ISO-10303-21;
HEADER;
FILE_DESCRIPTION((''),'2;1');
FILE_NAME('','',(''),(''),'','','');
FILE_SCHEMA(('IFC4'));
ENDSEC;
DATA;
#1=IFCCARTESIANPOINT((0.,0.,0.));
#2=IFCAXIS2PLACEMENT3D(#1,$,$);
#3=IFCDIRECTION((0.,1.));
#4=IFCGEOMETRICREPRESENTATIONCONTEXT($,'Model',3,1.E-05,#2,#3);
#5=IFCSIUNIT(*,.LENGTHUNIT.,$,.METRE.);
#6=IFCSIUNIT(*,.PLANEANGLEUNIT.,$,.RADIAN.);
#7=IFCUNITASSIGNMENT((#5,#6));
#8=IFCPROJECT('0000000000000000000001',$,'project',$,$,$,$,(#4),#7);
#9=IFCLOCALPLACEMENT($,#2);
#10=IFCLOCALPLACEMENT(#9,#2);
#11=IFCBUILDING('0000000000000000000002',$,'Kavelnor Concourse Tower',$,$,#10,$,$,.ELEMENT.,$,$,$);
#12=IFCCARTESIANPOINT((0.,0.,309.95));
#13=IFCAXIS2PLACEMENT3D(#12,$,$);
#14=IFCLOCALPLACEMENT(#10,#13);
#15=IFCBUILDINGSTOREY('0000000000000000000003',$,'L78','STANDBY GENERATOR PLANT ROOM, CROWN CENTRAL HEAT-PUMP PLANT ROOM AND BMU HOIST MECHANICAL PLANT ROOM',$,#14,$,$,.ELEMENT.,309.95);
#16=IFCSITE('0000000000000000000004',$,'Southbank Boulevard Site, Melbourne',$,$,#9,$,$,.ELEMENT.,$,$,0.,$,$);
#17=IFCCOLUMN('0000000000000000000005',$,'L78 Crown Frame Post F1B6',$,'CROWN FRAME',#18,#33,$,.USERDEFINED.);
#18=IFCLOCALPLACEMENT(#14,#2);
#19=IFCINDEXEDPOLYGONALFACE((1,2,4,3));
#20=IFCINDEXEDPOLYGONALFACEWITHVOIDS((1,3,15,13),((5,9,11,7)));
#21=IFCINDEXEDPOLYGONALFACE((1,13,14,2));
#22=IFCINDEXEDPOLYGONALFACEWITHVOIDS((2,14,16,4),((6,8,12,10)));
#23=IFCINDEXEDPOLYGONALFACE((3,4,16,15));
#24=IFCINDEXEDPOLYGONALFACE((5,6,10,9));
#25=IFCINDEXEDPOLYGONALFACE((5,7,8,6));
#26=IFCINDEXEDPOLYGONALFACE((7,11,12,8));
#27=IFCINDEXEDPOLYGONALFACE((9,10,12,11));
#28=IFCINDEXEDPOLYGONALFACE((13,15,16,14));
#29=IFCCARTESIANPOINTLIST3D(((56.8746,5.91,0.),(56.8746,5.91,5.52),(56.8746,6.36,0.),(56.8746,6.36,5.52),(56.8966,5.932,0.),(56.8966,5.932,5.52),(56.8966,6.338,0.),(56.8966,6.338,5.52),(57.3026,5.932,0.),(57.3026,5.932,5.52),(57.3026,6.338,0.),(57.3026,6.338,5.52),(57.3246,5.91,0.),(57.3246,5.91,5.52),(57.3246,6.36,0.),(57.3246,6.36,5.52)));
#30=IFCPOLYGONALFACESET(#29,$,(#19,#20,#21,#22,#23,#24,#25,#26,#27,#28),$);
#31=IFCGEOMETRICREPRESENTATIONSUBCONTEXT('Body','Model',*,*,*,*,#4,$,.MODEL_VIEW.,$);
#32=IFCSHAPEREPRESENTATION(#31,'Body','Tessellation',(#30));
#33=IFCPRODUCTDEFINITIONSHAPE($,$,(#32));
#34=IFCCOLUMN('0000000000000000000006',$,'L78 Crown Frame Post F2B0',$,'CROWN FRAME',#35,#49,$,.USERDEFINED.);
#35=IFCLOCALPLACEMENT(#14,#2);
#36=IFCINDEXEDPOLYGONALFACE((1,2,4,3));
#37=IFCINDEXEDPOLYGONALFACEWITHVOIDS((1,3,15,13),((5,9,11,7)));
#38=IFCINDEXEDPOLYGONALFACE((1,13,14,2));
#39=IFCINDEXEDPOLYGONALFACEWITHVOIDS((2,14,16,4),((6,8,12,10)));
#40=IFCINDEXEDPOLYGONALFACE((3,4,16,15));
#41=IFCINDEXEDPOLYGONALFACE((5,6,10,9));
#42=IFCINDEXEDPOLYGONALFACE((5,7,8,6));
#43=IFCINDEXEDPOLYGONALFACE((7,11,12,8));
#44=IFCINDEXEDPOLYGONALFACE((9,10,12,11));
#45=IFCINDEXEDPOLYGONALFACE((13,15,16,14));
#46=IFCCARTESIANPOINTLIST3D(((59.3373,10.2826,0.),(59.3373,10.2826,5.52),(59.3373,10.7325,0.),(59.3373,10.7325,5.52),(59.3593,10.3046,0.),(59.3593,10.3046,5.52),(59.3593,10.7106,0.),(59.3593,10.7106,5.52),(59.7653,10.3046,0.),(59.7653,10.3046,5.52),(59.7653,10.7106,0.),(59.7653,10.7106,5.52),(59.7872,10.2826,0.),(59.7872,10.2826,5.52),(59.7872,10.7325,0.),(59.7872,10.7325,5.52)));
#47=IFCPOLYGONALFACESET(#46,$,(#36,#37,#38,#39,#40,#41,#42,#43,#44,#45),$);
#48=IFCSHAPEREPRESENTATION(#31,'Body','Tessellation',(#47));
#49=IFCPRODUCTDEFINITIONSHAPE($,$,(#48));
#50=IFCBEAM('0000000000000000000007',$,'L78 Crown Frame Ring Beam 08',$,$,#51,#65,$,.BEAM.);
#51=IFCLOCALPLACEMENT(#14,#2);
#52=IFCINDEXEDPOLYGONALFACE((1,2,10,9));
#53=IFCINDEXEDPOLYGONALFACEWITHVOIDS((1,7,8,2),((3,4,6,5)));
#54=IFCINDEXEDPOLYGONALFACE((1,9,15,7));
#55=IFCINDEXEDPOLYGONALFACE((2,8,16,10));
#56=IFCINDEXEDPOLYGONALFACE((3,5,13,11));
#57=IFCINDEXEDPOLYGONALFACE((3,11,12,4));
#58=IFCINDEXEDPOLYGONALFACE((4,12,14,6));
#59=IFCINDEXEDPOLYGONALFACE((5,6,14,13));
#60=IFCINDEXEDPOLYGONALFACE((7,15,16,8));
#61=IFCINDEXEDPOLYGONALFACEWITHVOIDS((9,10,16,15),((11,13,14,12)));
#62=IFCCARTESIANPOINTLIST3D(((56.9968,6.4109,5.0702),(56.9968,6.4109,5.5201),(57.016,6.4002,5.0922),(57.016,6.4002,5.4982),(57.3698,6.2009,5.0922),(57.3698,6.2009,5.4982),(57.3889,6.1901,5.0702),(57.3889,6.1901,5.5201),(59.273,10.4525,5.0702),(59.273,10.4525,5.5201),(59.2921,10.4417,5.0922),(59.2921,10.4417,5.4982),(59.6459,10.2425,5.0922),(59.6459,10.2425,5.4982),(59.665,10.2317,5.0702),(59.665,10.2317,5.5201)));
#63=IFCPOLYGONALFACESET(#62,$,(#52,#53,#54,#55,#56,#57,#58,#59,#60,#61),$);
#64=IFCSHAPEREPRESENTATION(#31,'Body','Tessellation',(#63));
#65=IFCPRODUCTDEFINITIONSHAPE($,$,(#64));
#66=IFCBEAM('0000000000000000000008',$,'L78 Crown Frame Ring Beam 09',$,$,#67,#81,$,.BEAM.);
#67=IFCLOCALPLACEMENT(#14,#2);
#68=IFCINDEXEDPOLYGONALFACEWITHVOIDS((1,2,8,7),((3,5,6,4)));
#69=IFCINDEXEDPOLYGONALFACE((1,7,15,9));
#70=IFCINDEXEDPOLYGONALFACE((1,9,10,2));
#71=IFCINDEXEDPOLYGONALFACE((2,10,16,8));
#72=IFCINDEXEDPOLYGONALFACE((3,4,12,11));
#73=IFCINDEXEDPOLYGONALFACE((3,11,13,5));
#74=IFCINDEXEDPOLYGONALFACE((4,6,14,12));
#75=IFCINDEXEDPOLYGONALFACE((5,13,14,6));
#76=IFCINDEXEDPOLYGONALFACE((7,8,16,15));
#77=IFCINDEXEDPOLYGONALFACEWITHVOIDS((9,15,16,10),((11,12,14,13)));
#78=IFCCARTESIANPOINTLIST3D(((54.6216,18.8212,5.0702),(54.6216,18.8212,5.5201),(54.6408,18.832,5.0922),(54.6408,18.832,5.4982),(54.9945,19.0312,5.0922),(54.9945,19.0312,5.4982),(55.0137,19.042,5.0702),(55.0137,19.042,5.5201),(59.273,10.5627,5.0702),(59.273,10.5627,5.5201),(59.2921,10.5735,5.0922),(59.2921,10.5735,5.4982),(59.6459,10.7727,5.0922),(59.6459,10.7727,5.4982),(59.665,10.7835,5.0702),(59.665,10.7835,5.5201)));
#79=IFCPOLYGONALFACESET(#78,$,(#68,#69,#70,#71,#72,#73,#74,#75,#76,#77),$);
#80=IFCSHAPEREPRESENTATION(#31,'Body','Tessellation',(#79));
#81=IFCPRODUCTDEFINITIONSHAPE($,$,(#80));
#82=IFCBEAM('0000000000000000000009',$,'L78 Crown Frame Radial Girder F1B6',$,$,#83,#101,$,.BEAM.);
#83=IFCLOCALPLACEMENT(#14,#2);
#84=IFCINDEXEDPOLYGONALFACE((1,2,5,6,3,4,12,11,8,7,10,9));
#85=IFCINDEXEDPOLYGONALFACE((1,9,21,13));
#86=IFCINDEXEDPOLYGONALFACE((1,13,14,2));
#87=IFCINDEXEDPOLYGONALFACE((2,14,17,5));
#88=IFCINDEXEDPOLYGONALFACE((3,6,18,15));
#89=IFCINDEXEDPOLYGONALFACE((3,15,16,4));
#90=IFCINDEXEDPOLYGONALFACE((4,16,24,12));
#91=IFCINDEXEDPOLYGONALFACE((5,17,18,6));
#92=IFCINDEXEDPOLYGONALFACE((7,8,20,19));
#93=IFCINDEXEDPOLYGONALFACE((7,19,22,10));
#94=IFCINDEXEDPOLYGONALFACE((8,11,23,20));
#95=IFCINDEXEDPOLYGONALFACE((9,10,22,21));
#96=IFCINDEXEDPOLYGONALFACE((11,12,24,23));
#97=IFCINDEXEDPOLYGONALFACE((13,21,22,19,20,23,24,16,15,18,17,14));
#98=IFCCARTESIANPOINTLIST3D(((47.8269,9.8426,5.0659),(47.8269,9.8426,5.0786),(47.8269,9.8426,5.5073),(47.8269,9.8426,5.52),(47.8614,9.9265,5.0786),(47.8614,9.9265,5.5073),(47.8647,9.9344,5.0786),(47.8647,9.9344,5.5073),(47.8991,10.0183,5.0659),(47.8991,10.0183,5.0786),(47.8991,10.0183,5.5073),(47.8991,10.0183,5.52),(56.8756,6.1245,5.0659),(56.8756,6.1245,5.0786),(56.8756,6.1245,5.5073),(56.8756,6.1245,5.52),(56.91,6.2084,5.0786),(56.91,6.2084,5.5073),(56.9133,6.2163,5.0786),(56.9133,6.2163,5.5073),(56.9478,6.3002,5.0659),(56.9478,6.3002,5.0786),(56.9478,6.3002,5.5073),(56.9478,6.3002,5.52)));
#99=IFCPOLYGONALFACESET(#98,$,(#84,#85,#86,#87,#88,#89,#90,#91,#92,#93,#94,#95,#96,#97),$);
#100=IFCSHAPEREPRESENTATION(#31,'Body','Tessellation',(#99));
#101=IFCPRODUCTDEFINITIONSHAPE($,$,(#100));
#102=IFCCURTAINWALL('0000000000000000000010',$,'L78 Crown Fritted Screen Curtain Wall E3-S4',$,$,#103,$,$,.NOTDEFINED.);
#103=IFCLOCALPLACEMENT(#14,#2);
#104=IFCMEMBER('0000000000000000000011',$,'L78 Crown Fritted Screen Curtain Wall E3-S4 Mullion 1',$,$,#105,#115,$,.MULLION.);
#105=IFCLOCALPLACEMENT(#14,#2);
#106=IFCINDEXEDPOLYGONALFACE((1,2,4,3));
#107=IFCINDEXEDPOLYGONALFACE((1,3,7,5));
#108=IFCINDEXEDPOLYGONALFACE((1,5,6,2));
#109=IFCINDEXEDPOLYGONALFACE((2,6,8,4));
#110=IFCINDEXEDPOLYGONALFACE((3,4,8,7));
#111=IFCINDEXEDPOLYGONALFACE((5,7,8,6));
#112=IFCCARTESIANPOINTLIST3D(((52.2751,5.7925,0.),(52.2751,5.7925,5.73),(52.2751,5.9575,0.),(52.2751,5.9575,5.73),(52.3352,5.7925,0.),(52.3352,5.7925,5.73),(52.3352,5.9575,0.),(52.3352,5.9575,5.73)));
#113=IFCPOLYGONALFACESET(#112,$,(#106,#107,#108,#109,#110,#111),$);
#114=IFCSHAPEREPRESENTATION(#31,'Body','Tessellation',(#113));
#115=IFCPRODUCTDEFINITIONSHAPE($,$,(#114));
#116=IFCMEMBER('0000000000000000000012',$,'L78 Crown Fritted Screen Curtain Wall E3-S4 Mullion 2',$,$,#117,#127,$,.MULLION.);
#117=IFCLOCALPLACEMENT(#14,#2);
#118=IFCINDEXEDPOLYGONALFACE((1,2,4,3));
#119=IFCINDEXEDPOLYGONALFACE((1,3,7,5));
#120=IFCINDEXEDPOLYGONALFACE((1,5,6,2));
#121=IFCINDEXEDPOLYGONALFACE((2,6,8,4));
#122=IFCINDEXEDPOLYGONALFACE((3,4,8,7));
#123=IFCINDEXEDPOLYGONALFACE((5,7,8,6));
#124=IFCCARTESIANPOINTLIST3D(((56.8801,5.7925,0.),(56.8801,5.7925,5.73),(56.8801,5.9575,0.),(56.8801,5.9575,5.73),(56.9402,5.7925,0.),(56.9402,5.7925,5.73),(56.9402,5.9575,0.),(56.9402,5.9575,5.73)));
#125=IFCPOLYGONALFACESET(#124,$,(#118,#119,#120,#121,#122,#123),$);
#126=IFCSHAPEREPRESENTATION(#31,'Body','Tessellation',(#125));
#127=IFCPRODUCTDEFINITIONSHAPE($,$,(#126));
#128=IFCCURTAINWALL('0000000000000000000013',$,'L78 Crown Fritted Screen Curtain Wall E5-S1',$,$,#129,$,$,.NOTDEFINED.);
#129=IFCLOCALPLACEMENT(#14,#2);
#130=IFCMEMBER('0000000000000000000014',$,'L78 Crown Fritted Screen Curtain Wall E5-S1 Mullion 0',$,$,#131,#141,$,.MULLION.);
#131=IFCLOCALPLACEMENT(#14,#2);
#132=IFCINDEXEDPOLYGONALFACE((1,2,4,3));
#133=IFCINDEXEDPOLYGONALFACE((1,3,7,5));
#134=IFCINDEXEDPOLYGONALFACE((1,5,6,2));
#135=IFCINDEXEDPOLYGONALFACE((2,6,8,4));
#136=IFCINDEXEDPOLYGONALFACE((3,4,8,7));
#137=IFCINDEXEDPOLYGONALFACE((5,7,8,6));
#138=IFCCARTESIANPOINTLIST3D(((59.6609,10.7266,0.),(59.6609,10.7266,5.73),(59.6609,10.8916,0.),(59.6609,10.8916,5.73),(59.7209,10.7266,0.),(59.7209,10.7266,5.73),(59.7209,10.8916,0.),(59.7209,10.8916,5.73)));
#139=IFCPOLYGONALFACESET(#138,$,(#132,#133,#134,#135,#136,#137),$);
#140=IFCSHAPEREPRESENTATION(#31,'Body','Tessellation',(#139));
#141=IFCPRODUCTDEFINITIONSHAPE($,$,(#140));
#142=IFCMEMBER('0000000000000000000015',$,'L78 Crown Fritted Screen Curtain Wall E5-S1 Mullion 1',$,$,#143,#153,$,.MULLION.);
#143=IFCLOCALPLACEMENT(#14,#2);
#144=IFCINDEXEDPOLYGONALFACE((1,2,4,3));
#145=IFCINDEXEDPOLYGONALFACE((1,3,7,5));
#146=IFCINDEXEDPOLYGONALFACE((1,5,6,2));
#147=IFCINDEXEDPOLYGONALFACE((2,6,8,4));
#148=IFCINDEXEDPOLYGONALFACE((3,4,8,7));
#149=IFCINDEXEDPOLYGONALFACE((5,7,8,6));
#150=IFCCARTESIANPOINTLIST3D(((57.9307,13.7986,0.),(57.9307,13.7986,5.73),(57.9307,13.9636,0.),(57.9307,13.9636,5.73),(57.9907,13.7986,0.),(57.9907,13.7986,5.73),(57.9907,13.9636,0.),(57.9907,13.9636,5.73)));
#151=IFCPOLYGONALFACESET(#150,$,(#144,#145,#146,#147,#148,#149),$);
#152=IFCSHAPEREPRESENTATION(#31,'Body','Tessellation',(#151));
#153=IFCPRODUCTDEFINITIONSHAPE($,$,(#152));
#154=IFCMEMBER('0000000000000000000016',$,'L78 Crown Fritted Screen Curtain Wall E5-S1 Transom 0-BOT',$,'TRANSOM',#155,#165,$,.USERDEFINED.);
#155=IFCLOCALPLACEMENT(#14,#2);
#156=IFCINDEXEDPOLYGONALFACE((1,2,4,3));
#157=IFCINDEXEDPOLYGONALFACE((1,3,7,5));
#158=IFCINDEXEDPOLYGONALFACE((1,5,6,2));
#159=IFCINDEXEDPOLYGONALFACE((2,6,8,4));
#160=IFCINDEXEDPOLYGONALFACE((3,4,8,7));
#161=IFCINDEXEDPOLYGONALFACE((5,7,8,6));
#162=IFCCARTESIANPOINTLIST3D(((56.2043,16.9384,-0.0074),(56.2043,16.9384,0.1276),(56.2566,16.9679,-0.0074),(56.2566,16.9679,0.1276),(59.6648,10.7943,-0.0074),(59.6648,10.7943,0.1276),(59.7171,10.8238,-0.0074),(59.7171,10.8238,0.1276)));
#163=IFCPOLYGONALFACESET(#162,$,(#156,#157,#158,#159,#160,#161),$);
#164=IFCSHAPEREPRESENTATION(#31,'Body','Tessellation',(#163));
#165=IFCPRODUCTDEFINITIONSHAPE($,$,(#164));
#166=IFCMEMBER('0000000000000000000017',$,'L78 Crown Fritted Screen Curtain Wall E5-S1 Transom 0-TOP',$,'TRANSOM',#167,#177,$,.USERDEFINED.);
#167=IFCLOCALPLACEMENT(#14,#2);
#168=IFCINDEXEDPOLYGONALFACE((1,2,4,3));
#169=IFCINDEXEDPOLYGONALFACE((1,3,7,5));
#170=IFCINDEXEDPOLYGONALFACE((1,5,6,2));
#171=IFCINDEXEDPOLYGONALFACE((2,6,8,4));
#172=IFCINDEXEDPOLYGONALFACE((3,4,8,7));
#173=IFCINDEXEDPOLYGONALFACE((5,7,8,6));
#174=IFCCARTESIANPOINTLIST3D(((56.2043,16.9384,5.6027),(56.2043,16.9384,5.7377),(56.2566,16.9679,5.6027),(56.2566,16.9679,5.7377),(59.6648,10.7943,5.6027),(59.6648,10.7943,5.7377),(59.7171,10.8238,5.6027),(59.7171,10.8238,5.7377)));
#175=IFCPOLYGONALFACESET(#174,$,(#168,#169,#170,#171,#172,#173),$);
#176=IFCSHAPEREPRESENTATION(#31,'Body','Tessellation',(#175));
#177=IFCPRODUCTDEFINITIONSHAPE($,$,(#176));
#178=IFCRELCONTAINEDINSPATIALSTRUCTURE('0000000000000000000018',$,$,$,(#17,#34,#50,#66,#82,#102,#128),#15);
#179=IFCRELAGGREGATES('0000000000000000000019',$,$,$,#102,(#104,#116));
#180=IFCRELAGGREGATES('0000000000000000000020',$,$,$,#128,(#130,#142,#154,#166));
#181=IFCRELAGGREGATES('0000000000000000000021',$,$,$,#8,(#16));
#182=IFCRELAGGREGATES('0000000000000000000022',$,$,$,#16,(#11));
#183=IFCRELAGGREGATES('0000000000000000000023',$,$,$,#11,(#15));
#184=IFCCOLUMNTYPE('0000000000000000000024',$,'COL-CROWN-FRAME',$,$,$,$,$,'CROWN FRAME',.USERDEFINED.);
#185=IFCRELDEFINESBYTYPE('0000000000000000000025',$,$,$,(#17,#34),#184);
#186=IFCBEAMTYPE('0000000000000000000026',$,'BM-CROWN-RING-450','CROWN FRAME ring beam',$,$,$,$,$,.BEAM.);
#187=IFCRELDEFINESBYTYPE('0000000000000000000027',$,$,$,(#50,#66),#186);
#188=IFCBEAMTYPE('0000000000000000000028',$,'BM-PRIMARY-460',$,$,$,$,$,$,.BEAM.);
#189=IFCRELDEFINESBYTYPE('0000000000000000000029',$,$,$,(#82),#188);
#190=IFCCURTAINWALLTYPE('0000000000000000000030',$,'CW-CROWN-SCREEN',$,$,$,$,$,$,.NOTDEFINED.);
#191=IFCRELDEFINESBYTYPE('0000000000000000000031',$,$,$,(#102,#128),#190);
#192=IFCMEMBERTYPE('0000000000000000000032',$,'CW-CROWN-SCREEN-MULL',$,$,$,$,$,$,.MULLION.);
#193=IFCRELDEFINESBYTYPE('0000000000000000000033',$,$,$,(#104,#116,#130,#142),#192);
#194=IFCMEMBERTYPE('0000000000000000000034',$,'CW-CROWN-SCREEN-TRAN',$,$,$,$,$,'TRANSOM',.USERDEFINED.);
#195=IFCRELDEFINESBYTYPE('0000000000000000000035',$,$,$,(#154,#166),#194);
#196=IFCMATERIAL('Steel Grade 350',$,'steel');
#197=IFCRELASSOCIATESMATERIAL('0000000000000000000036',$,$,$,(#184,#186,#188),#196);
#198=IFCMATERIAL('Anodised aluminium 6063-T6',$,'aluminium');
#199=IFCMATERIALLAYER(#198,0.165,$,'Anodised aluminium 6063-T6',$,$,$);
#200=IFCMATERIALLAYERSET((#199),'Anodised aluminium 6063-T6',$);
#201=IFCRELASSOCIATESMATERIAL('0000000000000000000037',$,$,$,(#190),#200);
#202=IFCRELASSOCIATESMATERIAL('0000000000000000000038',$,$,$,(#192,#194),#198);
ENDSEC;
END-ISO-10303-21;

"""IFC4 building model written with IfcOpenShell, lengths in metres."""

from ifc_helpers import new_model, si_unit, direction, frame, origin, origin_2d, place, context, subcontext, project, spatial, rectangle, hollow_rectangle, i_section, extrude, material, layer, layer_set, material_profile, profile_set, type_object, element, aggregate, save


model = new_model("IFC4")

# Units and contexts
model_context = context("Model", 3, precision=1e-05, world=origin(), true_north=direction((0.0, 1.0)))
body_context = subcontext(model_context, "Body", "Model", "MODEL_VIEW")
ifc_project = project(units=[si_unit("LENGTHUNIT", "METRE"), si_unit("PLANEANGLEUNIT", "RADIAN")], contexts=[model_context])

# Site, building, storey
site_placement = place(None, origin())
site = spatial("IfcSite", under=ifc_project, at=site_placement, Name="Southbank Boulevard Site, Melbourne", CompositionType="ELEMENT", RefElevation=0.0)
building_placement = place(site_placement, origin())
building = spatial("IfcBuilding", under=site, at=building_placement, Name="Kavelnor Concourse Tower", CompositionType="ELEMENT")
storey_placement = place(building_placement, frame((0.0, 0.0, 309.95)))
storey = spatial("IfcBuildingStorey", under=building, at=storey_placement, Name="L78", Description="STANDBY GENERATOR PLANT ROOM, CROWN CENTRAL HEAT-PUMP PLANT ROOM AND BMU HOIST MECHANICAL PLANT ROOM", CompositionType="ELEMENT", Elevation=309.95)

# Columns
ifc_material_1 = material(Name="Steel Grade 350", Category="steel")
ifc_material_profile_1 = material_profile(ifc_material_1, hollow_rectangle(XDim=0.45, YDim=0.45, WallThickness=0.022, at=origin_2d()), Name="SHS 450x450x22")
ifc_profile_set_1 = profile_set([ifc_material_profile_1], Name="Steel Grade 350")
column_type = type_object("IfcColumnType", Name="COL-CROWN-FRAME", ElementType="CROWN FRAME", PredefinedType="USERDEFINED", material=ifc_profile_set_1)
for number, where, z_axis, x_axis, name in (
    (1, (57.0996, 6.135, 0.0), (0.0, 0.0, 1.0), (1.0, 0.0, 0.0), "L78 Crown Frame Post F1B6"),
    (2, (59.5623, 10.5076, 0.0), (0.0, 0.0, 1.0), (1.0, 0.0, 0.0), "L78 Crown Frame Post F2B0"),
):
    element("IfcColumn", number, at=place(storey_placement, frame(where, z_axis=z_axis, x_axis=x_axis)), inside=storey, type_object=column_type, Name=name, ObjectType="CROWN FRAME", PredefinedType="USERDEFINED", context=body_context, shape_type="SweptSolid", body=[
        extrude(hollow_rectangle(XDim=0.45, YDim=0.45, WallThickness=0.022, at=origin_2d()), origin(), (0.0, 0.0, 1.0), 5.52),
    ])

# Beams
ifc_material_profile_2 = material_profile(ifc_material_1, hollow_rectangle(XDim=0.45, YDim=0.45, WallThickness=0.022, at=origin_2d()), Name="RHS 450x450x22")
ifc_profile_set_2 = profile_set([ifc_material_profile_2], Name="Steel Grade 350")
beam_type_1 = type_object("IfcBeamType", Name="BM-CROWN-RING-450", Description="CROWN FRAME ring beam", PredefinedType="BEAM", material=ifc_profile_set_2)
beam_1_placement = place(storey_placement, frame((57.1929, 6.3005, 5.2952), z_axis=(0.490716, 0.87132, 0.0), x_axis=(-0.87132, 0.490716, 0.0)))
element("IfcBeam", 3, at=beam_1_placement, inside=storey, type_object=beam_type_1, Name="L78 Crown Frame Ring Beam 08", PredefinedType="BEAM", context=body_context, shape_type="SweptSolid", body=[
    extrude(hollow_rectangle(XDim=0.45, YDim=0.45, WallThickness=0.022, at=origin_2d()), origin(), (0.0, 0.0, 1.0), 4.6384),
])
beam_2_placement = place(storey_placement, frame((59.469, 10.6731, 5.2952), z_axis=(-0.490737, 0.871308, 0.0), x_axis=(-0.871308, -0.490737, 0.0)))
element("IfcBeam", 4, at=beam_2_placement, inside=storey, type_object=beam_type_1, Name="L78 Crown Frame Ring Beam 09", PredefinedType="BEAM", context=body_context, shape_type="SweptSolid", body=[
    extrude(hollow_rectangle(XDim=0.45, YDim=0.45, WallThickness=0.022, at=origin_2d()), origin(), (0.0, 0.0, 1.0), 9.4783),
])
ifc_material_profile_3 = material_profile(ifc_material_1, i_section(OverallWidth=0.1899, OverallDepth=0.4541, WebThickness=0.0085, FlangeThickness=0.0127, at=origin_2d()), Name="460UB67")
ifc_profile_set_3 = profile_set([ifc_material_profile_3], Name="Steel Grade 350")
beam_type_2 = type_object("IfcBeamType", Name="BM-PRIMARY-460", PredefinedType="BEAM", material=ifc_profile_set_3)
beam_3_placement = place(storey_placement, frame((47.863, 9.9304, 5.293), z_axis=(0.924961, -0.380062, 0.0), x_axis=(0.380062, 0.924961, 0.0)))
element("IfcBeam", 5, at=beam_3_placement, inside=storey, type_object=beam_type_2, Name="L78 Crown Frame Radial Girder F1B6", PredefinedType="BEAM", context=body_context, shape_type="SweptSolid", body=[
    extrude(i_section(OverallWidth=0.1899, OverallDepth=0.4541, WebThickness=0.0085, FlangeThickness=0.0127, at=origin_2d()), origin(), (0.0, 0.0, 1.0), 9.7827),
])

# Curtain walls, members
ifc_material_2 = material(Name="Anodised aluminium 6063-T6", Category="aluminium")
ifc_layer_1 = layer(ifc_material_2, 0.165, Name="Anodised aluminium 6063-T6")
ifc_layer_set_1 = layer_set([ifc_layer_1], Name="Anodised aluminium 6063-T6")
curtain_wall_type = type_object("IfcCurtainWallType", Name="CW-CROWN-SCREEN", PredefinedType="NOTDEFINED", material=ifc_layer_set_1)
curtain_wall_1_placement = place(storey_placement, origin())
curtain_wall_1 = element("IfcCurtainWall", 6, at=curtain_wall_1_placement, inside=storey, type_object=curtain_wall_type, Name="L78 Crown Fritted Screen Curtain Wall E3-S4", PredefinedType="NOTDEFINED")
ifc_material_profile_4 = material_profile(ifc_material_2, rectangle(XDim=0.0601, YDim=0.165, at=origin_2d()), Name="AL-MULL 60x165")
ifc_profile_set_4 = profile_set([ifc_material_profile_4], Name="Anodised aluminium 6063-T6")
member_type_1 = type_object("IfcMemberType", Name="CW-CROWN-SCREEN-MULL", PredefinedType="MULLION", material=ifc_profile_set_4)
member_1_placement = place(storey_placement, frame((52.3052, 5.875, 0.0), z_axis=(0.0, 0.0, 1.0), x_axis=(1.0, 0.0, 0.0)))
member_1 = element("IfcMember", 7, at=member_1_placement, type_object=member_type_1, Name="L78 Crown Fritted Screen Curtain Wall E3-S4 Mullion 1", PredefinedType="MULLION", context=body_context, shape_type="SweptSolid", body=[
    extrude(rectangle(XDim=0.0601, YDim=0.165, at=origin_2d()), origin(), (0.0, 0.0, 1.0), 5.73),
])
member_2_placement = place(storey_placement, frame((56.9102, 5.875, 0.0), z_axis=(0.0, 0.0, 1.0), x_axis=(1.0, 0.0, 0.0)))
member_2 = element("IfcMember", 8, at=member_2_placement, type_object=member_type_1, Name="L78 Crown Fritted Screen Curtain Wall E3-S4 Mullion 2", PredefinedType="MULLION", context=body_context, shape_type="SweptSolid", body=[
    extrude(rectangle(XDim=0.0601, YDim=0.165, at=origin_2d()), origin(), (0.0, 0.0, 1.0), 5.73),
])
curtain_wall_2_placement = place(storey_placement, origin())
curtain_wall_2 = element("IfcCurtainWall", 9, at=curtain_wall_2_placement, inside=storey, type_object=curtain_wall_type, Name="L78 Crown Fritted Screen Curtain Wall E5-S1", PredefinedType="NOTDEFINED")
member_3_placement = place(storey_placement, frame((59.6909, 10.8091, 0.0), z_axis=(0.0, 0.0, 1.0), x_axis=(1.0, 0.0, 0.0)))
member_3 = element("IfcMember", 10, at=member_3_placement, type_object=member_type_1, Name="L78 Crown Fritted Screen Curtain Wall E5-S1 Mullion 0", PredefinedType="MULLION", context=body_context, shape_type="SweptSolid", body=[
    extrude(rectangle(XDim=0.0601, YDim=0.165, at=origin_2d()), origin(), (0.0, 0.0, 1.0), 5.73),
])
member_4_placement = place(storey_placement, frame((57.9607, 13.8811, 0.0), z_axis=(0.0, 0.0, 1.0), x_axis=(1.0, 0.0, 0.0)))
member_4 = element("IfcMember", 11, at=member_4_placement, type_object=member_type_1, Name="L78 Crown Fritted Screen Curtain Wall E5-S1 Mullion 1", PredefinedType="MULLION", context=body_context, shape_type="SweptSolid", body=[
    extrude(rectangle(XDim=0.0601, YDim=0.165, at=origin_2d()), origin(), (0.0, 0.0, 1.0), 5.73),
])
ifc_material_profile_5 = material_profile(ifc_material_2, rectangle(XDim=0.0601, YDim=0.135, at=origin_2d()), Name="AL-TRAN 60x135")
ifc_profile_set_5 = profile_set([ifc_material_profile_5], Name="Anodised aluminium 6063-T6")
member_type_2 = type_object("IfcMemberType", Name="CW-CROWN-SCREEN-TRAN", ElementType="TRANSOM", PredefinedType="USERDEFINED", material=ifc_profile_set_5)
member_5_placement = place(storey_placement, frame((59.6909, 10.8091, 0.0601), z_axis=(-0.490738, 0.871307, 0.0), x_axis=(-0.871307, -0.490738, 0.0)))
member_5 = element("IfcMember", 12, at=member_5_placement, type_object=member_type_2, Name="L78 Crown Fritted Screen Curtain Wall E5-S1 Transom 0-BOT", ObjectType="TRANSOM", PredefinedType="USERDEFINED", context=body_context, shape_type="SweptSolid", body=[
    extrude(rectangle(XDim=0.0601, YDim=0.135, at=origin_2d()), origin(), (0.0, 0.0, 1.0), 7.0515),
])
member_6_placement = place(storey_placement, frame((59.6909, 10.8091, 5.6702), z_axis=(-0.490738, 0.871307, 0.0), x_axis=(-0.871307, -0.490738, 0.0)))
member_6 = element("IfcMember", 13, at=member_6_placement, type_object=member_type_2, Name="L78 Crown Fritted Screen Curtain Wall E5-S1 Transom 0-TOP", ObjectType="TRANSOM", PredefinedType="USERDEFINED", context=body_context, shape_type="SweptSolid", body=[
    extrude(rectangle(XDim=0.0601, YDim=0.135, at=origin_2d()), origin(), (0.0, 0.0, 1.0), 7.0515),
])

aggregate(curtain_wall_1, [member_1, member_2])
aggregate(curtain_wall_2, [member_3, member_4, member_5, member_6])

save(model, "model.ifc")
